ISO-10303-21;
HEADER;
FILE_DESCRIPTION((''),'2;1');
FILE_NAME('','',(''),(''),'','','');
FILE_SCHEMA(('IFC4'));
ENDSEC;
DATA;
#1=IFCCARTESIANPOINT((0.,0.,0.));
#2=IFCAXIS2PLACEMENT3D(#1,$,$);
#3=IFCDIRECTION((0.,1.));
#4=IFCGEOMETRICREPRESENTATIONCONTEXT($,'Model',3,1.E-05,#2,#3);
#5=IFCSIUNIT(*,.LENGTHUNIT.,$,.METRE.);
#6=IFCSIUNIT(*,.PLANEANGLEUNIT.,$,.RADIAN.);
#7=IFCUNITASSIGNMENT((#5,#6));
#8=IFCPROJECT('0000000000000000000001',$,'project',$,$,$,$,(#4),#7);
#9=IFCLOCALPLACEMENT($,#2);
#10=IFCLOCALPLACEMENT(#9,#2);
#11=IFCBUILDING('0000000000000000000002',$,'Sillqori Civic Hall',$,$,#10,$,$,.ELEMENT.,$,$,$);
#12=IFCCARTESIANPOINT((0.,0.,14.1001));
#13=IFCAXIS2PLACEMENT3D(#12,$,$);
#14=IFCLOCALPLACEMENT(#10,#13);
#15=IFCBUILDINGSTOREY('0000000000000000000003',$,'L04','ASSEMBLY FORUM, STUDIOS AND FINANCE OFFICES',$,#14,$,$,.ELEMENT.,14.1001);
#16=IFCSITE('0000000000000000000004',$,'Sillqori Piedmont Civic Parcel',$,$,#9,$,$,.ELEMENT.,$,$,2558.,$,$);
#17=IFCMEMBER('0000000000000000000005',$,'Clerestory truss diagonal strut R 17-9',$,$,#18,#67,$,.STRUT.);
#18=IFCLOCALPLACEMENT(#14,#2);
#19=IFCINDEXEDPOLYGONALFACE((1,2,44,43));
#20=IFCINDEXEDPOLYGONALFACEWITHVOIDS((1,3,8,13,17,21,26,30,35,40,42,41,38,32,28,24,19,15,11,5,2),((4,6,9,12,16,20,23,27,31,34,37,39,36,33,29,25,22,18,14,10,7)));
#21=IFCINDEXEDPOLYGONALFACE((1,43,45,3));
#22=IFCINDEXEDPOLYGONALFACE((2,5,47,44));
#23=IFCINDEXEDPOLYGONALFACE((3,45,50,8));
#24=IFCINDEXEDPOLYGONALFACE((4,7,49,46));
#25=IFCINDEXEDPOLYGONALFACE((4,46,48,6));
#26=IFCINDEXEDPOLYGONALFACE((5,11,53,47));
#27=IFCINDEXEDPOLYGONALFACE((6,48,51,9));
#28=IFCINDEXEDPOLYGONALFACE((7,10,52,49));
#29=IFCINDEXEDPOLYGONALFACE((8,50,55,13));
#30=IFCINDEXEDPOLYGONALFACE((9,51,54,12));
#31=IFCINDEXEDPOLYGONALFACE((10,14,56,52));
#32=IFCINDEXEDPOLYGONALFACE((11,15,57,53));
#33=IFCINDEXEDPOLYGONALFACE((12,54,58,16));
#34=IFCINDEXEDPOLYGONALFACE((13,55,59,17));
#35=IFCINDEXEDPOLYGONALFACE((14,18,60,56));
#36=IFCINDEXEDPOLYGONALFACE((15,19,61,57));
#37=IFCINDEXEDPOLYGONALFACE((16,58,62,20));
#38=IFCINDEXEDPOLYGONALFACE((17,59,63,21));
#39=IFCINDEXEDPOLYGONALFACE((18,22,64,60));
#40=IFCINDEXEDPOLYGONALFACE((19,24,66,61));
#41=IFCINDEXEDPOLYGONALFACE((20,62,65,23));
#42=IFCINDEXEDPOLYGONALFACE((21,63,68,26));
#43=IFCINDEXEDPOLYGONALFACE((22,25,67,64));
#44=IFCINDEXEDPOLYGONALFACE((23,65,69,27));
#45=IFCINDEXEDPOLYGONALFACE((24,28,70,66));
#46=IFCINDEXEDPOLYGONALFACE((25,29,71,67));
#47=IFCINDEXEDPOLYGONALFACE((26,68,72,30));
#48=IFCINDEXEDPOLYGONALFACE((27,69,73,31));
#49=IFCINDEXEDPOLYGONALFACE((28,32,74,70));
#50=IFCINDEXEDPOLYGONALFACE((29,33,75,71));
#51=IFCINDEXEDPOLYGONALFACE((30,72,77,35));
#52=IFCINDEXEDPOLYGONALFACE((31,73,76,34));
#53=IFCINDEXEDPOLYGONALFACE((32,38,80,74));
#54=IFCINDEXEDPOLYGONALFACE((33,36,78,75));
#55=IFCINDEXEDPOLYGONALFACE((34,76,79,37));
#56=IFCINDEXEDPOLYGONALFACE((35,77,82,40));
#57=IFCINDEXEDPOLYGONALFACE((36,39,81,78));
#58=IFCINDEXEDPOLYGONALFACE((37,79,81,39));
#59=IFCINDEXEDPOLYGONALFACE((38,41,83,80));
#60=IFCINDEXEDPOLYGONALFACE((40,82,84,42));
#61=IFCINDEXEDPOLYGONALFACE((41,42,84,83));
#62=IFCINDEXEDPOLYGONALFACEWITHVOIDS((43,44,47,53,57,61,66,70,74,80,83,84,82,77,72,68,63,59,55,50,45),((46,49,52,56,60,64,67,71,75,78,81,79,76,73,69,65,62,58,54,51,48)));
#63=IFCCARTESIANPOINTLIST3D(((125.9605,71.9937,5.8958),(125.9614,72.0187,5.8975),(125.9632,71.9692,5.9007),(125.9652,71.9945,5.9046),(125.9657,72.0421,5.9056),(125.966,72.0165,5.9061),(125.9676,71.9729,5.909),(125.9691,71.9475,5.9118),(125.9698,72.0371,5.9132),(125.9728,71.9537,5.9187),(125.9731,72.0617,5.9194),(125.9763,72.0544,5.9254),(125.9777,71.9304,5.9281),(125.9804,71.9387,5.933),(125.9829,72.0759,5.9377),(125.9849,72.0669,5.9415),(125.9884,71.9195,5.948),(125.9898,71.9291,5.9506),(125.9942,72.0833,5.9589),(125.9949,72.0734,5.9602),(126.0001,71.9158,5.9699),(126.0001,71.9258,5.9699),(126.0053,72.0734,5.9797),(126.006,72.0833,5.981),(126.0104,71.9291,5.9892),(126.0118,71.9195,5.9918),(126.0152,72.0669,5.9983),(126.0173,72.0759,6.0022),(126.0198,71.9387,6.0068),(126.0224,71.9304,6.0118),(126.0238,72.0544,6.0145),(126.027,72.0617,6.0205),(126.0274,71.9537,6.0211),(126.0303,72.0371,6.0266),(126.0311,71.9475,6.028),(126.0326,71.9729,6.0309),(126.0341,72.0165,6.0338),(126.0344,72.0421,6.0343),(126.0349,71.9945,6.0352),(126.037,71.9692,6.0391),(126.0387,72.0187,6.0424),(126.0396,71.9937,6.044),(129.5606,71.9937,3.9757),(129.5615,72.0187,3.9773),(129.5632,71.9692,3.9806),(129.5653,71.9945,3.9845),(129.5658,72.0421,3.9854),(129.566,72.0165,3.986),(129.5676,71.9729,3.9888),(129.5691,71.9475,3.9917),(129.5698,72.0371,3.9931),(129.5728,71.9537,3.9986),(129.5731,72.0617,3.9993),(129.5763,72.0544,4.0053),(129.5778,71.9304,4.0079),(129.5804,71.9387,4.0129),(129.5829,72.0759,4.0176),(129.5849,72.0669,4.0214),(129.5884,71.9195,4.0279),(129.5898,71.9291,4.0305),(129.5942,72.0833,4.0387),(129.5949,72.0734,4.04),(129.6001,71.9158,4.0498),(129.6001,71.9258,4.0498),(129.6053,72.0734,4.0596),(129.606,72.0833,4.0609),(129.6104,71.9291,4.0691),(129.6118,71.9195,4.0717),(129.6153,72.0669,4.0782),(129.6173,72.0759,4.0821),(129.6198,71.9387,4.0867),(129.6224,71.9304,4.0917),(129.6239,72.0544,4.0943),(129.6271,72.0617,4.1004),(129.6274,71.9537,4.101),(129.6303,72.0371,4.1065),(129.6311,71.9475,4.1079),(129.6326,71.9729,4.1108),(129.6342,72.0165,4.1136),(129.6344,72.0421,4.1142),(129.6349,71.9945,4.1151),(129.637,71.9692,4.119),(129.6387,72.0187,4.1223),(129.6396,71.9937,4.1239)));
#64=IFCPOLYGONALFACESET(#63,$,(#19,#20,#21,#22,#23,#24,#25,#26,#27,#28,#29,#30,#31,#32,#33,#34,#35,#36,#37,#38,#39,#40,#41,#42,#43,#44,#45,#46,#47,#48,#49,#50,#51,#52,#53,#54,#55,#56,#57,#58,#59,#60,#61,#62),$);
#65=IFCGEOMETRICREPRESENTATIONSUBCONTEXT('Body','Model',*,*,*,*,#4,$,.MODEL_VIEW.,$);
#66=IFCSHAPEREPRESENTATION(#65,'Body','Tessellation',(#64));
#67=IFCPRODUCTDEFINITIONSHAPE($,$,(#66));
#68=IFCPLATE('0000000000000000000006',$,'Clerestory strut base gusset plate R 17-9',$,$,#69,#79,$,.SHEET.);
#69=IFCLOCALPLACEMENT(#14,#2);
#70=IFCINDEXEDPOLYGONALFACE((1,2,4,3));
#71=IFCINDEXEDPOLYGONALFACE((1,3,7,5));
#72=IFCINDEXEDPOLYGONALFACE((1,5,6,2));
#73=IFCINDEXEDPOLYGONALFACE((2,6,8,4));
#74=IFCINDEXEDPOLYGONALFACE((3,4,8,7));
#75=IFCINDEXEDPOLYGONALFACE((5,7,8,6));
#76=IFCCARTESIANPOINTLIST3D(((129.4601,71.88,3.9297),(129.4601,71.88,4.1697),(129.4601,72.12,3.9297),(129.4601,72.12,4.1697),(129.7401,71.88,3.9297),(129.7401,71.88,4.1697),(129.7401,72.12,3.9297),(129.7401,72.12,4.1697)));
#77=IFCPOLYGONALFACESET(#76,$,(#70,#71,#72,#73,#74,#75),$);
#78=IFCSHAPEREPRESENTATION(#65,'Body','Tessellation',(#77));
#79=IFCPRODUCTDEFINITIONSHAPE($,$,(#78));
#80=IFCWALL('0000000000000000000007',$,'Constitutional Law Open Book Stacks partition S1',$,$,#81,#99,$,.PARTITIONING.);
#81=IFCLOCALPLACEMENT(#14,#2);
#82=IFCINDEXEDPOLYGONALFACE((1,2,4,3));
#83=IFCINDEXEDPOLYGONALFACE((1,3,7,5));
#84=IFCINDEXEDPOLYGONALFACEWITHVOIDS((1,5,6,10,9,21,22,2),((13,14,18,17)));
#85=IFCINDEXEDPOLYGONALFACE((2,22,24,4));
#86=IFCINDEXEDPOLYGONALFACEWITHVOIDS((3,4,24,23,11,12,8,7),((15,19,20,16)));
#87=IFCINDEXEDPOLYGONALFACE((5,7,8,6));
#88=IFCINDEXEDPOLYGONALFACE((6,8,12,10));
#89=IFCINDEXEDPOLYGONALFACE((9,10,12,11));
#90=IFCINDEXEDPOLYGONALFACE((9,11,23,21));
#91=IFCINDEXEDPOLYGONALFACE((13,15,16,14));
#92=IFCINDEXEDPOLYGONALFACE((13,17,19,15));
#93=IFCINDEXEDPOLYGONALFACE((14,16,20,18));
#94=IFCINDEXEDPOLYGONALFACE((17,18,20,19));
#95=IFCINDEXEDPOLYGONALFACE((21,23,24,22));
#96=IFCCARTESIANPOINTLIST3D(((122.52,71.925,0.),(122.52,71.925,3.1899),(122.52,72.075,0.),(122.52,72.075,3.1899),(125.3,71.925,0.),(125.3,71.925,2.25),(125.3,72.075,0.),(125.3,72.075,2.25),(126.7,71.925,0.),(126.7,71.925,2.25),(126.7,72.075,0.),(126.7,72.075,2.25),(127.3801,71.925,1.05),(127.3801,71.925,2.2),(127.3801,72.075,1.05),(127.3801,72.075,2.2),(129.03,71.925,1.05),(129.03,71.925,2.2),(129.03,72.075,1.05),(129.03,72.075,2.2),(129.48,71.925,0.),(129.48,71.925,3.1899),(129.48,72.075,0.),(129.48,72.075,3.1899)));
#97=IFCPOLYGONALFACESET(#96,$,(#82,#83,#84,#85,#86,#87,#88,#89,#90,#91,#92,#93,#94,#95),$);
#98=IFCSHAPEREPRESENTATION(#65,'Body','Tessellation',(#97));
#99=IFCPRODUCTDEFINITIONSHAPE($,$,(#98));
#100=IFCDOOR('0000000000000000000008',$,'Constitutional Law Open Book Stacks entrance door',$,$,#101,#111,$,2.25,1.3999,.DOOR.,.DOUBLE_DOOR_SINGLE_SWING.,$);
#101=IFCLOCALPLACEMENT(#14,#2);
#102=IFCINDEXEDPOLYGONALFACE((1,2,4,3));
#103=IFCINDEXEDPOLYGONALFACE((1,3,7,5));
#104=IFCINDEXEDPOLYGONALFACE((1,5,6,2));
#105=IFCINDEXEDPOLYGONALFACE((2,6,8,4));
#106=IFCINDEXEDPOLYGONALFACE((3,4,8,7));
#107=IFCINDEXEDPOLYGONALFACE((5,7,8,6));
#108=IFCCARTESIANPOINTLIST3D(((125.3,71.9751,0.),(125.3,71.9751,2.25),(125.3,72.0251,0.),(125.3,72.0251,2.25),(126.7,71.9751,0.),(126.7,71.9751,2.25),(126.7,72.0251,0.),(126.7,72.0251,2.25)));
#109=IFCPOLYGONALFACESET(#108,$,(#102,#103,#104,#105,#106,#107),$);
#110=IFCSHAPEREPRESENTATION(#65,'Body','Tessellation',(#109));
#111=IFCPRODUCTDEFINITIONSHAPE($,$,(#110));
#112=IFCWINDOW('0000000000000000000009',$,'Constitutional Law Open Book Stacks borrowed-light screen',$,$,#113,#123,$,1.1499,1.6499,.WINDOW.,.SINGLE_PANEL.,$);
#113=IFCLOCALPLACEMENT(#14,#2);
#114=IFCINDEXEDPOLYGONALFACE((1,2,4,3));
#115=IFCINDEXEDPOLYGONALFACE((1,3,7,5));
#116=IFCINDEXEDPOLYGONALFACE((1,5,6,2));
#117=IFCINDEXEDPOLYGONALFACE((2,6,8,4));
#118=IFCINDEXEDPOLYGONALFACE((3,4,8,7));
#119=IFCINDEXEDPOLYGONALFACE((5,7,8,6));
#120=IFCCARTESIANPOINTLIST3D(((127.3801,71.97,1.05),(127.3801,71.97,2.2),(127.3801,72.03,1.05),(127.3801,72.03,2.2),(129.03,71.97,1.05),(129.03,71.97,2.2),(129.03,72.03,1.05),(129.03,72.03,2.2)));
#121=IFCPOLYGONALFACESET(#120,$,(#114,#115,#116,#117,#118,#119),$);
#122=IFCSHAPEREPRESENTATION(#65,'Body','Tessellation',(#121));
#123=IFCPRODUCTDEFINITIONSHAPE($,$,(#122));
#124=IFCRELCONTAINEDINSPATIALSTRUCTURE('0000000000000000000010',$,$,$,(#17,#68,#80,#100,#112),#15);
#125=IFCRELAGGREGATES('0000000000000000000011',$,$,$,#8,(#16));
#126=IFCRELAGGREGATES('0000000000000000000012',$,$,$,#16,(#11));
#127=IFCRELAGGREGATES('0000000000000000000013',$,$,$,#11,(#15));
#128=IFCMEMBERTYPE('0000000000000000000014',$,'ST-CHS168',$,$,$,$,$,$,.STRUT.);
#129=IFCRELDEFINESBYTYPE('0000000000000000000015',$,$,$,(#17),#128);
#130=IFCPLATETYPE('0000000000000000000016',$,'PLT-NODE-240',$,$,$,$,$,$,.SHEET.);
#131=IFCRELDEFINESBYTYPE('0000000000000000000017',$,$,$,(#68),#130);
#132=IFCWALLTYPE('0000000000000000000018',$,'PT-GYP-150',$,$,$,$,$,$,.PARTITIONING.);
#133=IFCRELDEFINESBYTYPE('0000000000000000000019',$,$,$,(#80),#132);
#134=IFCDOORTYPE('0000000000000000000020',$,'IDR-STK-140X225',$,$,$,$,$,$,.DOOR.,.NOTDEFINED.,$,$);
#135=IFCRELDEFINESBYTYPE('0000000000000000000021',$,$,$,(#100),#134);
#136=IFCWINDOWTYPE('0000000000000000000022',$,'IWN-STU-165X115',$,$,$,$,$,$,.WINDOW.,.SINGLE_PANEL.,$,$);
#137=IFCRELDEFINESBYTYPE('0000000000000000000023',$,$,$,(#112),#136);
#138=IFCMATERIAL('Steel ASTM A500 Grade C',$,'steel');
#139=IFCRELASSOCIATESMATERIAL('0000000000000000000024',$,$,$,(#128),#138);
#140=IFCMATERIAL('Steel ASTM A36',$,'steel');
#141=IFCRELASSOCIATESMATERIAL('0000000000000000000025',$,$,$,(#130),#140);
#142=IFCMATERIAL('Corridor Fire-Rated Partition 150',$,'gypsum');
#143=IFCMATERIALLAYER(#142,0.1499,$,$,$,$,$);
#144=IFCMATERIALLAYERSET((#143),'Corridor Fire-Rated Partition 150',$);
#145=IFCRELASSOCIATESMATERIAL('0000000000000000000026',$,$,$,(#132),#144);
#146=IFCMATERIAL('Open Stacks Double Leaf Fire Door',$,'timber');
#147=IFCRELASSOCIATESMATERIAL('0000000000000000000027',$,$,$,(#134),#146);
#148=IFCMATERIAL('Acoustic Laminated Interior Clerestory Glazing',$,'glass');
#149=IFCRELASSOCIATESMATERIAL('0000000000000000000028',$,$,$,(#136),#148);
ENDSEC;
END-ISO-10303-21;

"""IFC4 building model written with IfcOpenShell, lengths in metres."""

from ifc_helpers import new_model, si_unit, direction, frame, frame_2d, origin, origin_2d, place, context, subcontext, project, spatial, rectangle, hollow_circle, extrude, material, layer, layer_set, material_profile, profile_set, type_object, element, fill, save


model = new_model("IFC4")

# Units and contexts
model_context = context("Model", 3, precision=1e-05, world=origin(), true_north=direction((0.0, 1.0)))
body_context = subcontext(model_context, "Body", "Model", "MODEL_VIEW")
ifc_project = project(units=[si_unit("LENGTHUNIT", "METRE"), si_unit("PLANEANGLEUNIT", "RADIAN")], contexts=[model_context])

# Site, building, storey
site_placement = place(None, origin())
site = spatial("IfcSite", under=ifc_project, at=site_placement, Name="Sillqori Piedmont Civic Parcel", CompositionType="ELEMENT", RefElevation=2558.0)
building_placement = place(site_placement, origin())
building = spatial("IfcBuilding", under=site, at=building_placement, Name="Sillqori Civic Hall", CompositionType="ELEMENT")
storey_placement = place(building_placement, frame((0.0, 0.0, 14.1001)))
storey = spatial("IfcBuildingStorey", under=building, at=storey_placement, Name="L04", Description="ASSEMBLY FORUM, STUDIOS AND FINANCE OFFICES", CompositionType="ELEMENT", Elevation=14.1001)

# Member
ifc_material_1 = material(Name="Steel ASTM A500 Grade C", Category="steel")
ifc_material_profile_1 = material_profile(ifc_material_1, hollow_circle(Radius=0.0842, WallThickness=0.01, at=origin_2d()), Name="CHS168X10")
ifc_profile_set_1 = profile_set([ifc_material_profile_1], Name="Steel ASTM A500 Grade C")
member_type_1 = type_object("IfcMemberType", Name="ST-CHS168", PredefinedType="STRUT", material=ifc_profile_set_1)
member_1_placement = place(storey_placement, frame((129.6001, 72.0, 4.0498), z_axis=(-0.882341, 0.0, 0.47061), x_axis=(0.0, -1.0, 0.0)))
element("IfcMember", 1, at=member_1_placement, inside=storey, type_object=member_type_1, Name="Clerestory truss diagonal strut R 17-9", PredefinedType="STRUT", context=body_context, shape_type="SweptSolid", body=[
    extrude(hollow_circle(Radius=0.0842, WallThickness=0.01, at=origin_2d()), origin(), (0.0, 0.0, 1.0), 4.0801),
])

# Plate
ifc_material_2 = material(Name="Steel ASTM A36", Category="steel")
plate_type_1 = type_object("IfcPlateType", Name="PLT-NODE-240", PredefinedType="SHEET", material=ifc_material_2)
plate_1_placement = place(storey_placement, frame((129.6001, 72.0, 3.9297), z_axis=(0.0, 0.0, 1.0), x_axis=(1.0, 0.0, 0.0)))
element("IfcPlate", 2, at=plate_1_placement, inside=storey, type_object=plate_type_1, Name="Clerestory strut base gusset plate R 17-9", PredefinedType="SHEET", context=body_context, shape_type="SweptSolid", body=[
    extrude(rectangle(XDim=0.28, YDim=0.24, at=origin_2d()), origin(), (0.0, 0.0, 1.0), 0.24),
])

# Wall, openings, door, window
ifc_material_3 = material(Name="Corridor Fire-Rated Partition 150", Category="gypsum")
ifc_layer_1 = layer(ifc_material_3, 0.1499)
ifc_layer_set_1 = layer_set([ifc_layer_1], Name="Corridor Fire-Rated Partition 150")
wall_type = type_object("IfcWallType", Name="PT-GYP-150", PredefinedType="PARTITIONING", material=ifc_layer_set_1)
wall_placement = place(storey_placement, frame((129.48, 72.0, 0.0), z_axis=(0.0, 0.0, 1.0), x_axis=(-1.0, 0.0, 0.0)))
wall = element("IfcWall", 3, at=wall_placement, inside=storey, type_object=wall_type, Name="Constitutional Law Open Book Stacks partition S1", PredefinedType="PARTITIONING", context=body_context, shape_type="SweptSolid", body=[
    extrude(rectangle(XDim=6.96, YDim=0.1499, at=frame_2d((3.48, 0.0))), origin(), (0.0, 0.0, 1.0), 3.1899),
])
opening_1_placement = place(wall_placement, frame((2.78, 0.0, 0.0)))
opening_1 = element("IfcOpeningElement", 4, at=opening_1_placement, cuts=wall, PredefinedType="OPENING", context=body_context, shape_type="SweptSolid", body=[
    extrude(rectangle(XDim=1.3999, YDim=2.25, at=frame_2d((0.7, 1.125))), frame((0.0, 0.085, 0.0), z_axis=(0.0, -1.0, 0.0), x_axis=(1.0, 0.0, 0.0)), (0.0, 0.0, 1.0), 0.1699),
])
opening_2_placement = place(wall_placement, frame((0.45, 0.0, 1.05)))
opening_2 = element("IfcOpeningElement", 5, at=opening_2_placement, cuts=wall, PredefinedType="OPENING", context=body_context, shape_type="SweptSolid", body=[
    extrude(rectangle(XDim=1.6499, YDim=1.1499, at=frame_2d((0.825, 0.575))), frame((0.0, 0.085, 0.0), z_axis=(0.0, -1.0, 0.0), x_axis=(1.0, 0.0, 0.0)), (0.0, 0.0, 1.0), 0.1699),
])
ifc_material_4 = material(Name="Open Stacks Double Leaf Fire Door", Category="timber")
door_type = type_object("IfcDoorType", Name="IDR-STK-140X225", OperationType="NOTDEFINED", PredefinedType="DOOR", material=ifc_material_4)
door_placement = place(opening_1_placement, origin())
door = element("IfcDoor", 6, at=door_placement, inside=storey, type_object=door_type, Name="Constitutional Law Open Book Stacks entrance door", OperationType="DOUBLE_DOOR_SINGLE_SWING", OverallHeight=2.25, OverallWidth=1.3999, PredefinedType="DOOR", context=body_context, shape_type="SweptSolid", body=[
    extrude(rectangle(XDim=1.3999, YDim=2.25, at=frame_2d((0.7, 1.125))), frame((0.0, 0.0249, 0.0), z_axis=(0.0, -1.0, 0.0), x_axis=(1.0, 0.0, 0.0)), (0.0, 0.0, 1.0), 0.05),
])
fill(opening_1, door)
ifc_material_5 = material(Name="Acoustic Laminated Interior Clerestory Glazing", Category="glass")
window_type = type_object("IfcWindowType", Name="IWN-STU-165X115", PartitioningType="SINGLE_PANEL", PredefinedType="WINDOW", material=ifc_material_5)
window_placement = place(opening_2_placement, origin())
window = element("IfcWindow", 7, at=window_placement, inside=storey, type_object=window_type, Name="Constitutional Law Open Book Stacks borrowed-light screen", OverallHeight=1.1499, OverallWidth=1.6499, PartitioningType="SINGLE_PANEL", PredefinedType="WINDOW", context=body_context, shape_type="SweptSolid", body=[
    extrude(rectangle(XDim=1.6499, YDim=1.1499, at=frame_2d((0.825, 0.575))), frame((0.0, 0.03, 0.0), z_axis=(0.0, -1.0, 0.0), x_axis=(1.0, 0.0, 0.0)), (0.0, 0.0, 1.0), 0.0601),
])
fill(opening_2, window)

save(model, "model.ifc")
